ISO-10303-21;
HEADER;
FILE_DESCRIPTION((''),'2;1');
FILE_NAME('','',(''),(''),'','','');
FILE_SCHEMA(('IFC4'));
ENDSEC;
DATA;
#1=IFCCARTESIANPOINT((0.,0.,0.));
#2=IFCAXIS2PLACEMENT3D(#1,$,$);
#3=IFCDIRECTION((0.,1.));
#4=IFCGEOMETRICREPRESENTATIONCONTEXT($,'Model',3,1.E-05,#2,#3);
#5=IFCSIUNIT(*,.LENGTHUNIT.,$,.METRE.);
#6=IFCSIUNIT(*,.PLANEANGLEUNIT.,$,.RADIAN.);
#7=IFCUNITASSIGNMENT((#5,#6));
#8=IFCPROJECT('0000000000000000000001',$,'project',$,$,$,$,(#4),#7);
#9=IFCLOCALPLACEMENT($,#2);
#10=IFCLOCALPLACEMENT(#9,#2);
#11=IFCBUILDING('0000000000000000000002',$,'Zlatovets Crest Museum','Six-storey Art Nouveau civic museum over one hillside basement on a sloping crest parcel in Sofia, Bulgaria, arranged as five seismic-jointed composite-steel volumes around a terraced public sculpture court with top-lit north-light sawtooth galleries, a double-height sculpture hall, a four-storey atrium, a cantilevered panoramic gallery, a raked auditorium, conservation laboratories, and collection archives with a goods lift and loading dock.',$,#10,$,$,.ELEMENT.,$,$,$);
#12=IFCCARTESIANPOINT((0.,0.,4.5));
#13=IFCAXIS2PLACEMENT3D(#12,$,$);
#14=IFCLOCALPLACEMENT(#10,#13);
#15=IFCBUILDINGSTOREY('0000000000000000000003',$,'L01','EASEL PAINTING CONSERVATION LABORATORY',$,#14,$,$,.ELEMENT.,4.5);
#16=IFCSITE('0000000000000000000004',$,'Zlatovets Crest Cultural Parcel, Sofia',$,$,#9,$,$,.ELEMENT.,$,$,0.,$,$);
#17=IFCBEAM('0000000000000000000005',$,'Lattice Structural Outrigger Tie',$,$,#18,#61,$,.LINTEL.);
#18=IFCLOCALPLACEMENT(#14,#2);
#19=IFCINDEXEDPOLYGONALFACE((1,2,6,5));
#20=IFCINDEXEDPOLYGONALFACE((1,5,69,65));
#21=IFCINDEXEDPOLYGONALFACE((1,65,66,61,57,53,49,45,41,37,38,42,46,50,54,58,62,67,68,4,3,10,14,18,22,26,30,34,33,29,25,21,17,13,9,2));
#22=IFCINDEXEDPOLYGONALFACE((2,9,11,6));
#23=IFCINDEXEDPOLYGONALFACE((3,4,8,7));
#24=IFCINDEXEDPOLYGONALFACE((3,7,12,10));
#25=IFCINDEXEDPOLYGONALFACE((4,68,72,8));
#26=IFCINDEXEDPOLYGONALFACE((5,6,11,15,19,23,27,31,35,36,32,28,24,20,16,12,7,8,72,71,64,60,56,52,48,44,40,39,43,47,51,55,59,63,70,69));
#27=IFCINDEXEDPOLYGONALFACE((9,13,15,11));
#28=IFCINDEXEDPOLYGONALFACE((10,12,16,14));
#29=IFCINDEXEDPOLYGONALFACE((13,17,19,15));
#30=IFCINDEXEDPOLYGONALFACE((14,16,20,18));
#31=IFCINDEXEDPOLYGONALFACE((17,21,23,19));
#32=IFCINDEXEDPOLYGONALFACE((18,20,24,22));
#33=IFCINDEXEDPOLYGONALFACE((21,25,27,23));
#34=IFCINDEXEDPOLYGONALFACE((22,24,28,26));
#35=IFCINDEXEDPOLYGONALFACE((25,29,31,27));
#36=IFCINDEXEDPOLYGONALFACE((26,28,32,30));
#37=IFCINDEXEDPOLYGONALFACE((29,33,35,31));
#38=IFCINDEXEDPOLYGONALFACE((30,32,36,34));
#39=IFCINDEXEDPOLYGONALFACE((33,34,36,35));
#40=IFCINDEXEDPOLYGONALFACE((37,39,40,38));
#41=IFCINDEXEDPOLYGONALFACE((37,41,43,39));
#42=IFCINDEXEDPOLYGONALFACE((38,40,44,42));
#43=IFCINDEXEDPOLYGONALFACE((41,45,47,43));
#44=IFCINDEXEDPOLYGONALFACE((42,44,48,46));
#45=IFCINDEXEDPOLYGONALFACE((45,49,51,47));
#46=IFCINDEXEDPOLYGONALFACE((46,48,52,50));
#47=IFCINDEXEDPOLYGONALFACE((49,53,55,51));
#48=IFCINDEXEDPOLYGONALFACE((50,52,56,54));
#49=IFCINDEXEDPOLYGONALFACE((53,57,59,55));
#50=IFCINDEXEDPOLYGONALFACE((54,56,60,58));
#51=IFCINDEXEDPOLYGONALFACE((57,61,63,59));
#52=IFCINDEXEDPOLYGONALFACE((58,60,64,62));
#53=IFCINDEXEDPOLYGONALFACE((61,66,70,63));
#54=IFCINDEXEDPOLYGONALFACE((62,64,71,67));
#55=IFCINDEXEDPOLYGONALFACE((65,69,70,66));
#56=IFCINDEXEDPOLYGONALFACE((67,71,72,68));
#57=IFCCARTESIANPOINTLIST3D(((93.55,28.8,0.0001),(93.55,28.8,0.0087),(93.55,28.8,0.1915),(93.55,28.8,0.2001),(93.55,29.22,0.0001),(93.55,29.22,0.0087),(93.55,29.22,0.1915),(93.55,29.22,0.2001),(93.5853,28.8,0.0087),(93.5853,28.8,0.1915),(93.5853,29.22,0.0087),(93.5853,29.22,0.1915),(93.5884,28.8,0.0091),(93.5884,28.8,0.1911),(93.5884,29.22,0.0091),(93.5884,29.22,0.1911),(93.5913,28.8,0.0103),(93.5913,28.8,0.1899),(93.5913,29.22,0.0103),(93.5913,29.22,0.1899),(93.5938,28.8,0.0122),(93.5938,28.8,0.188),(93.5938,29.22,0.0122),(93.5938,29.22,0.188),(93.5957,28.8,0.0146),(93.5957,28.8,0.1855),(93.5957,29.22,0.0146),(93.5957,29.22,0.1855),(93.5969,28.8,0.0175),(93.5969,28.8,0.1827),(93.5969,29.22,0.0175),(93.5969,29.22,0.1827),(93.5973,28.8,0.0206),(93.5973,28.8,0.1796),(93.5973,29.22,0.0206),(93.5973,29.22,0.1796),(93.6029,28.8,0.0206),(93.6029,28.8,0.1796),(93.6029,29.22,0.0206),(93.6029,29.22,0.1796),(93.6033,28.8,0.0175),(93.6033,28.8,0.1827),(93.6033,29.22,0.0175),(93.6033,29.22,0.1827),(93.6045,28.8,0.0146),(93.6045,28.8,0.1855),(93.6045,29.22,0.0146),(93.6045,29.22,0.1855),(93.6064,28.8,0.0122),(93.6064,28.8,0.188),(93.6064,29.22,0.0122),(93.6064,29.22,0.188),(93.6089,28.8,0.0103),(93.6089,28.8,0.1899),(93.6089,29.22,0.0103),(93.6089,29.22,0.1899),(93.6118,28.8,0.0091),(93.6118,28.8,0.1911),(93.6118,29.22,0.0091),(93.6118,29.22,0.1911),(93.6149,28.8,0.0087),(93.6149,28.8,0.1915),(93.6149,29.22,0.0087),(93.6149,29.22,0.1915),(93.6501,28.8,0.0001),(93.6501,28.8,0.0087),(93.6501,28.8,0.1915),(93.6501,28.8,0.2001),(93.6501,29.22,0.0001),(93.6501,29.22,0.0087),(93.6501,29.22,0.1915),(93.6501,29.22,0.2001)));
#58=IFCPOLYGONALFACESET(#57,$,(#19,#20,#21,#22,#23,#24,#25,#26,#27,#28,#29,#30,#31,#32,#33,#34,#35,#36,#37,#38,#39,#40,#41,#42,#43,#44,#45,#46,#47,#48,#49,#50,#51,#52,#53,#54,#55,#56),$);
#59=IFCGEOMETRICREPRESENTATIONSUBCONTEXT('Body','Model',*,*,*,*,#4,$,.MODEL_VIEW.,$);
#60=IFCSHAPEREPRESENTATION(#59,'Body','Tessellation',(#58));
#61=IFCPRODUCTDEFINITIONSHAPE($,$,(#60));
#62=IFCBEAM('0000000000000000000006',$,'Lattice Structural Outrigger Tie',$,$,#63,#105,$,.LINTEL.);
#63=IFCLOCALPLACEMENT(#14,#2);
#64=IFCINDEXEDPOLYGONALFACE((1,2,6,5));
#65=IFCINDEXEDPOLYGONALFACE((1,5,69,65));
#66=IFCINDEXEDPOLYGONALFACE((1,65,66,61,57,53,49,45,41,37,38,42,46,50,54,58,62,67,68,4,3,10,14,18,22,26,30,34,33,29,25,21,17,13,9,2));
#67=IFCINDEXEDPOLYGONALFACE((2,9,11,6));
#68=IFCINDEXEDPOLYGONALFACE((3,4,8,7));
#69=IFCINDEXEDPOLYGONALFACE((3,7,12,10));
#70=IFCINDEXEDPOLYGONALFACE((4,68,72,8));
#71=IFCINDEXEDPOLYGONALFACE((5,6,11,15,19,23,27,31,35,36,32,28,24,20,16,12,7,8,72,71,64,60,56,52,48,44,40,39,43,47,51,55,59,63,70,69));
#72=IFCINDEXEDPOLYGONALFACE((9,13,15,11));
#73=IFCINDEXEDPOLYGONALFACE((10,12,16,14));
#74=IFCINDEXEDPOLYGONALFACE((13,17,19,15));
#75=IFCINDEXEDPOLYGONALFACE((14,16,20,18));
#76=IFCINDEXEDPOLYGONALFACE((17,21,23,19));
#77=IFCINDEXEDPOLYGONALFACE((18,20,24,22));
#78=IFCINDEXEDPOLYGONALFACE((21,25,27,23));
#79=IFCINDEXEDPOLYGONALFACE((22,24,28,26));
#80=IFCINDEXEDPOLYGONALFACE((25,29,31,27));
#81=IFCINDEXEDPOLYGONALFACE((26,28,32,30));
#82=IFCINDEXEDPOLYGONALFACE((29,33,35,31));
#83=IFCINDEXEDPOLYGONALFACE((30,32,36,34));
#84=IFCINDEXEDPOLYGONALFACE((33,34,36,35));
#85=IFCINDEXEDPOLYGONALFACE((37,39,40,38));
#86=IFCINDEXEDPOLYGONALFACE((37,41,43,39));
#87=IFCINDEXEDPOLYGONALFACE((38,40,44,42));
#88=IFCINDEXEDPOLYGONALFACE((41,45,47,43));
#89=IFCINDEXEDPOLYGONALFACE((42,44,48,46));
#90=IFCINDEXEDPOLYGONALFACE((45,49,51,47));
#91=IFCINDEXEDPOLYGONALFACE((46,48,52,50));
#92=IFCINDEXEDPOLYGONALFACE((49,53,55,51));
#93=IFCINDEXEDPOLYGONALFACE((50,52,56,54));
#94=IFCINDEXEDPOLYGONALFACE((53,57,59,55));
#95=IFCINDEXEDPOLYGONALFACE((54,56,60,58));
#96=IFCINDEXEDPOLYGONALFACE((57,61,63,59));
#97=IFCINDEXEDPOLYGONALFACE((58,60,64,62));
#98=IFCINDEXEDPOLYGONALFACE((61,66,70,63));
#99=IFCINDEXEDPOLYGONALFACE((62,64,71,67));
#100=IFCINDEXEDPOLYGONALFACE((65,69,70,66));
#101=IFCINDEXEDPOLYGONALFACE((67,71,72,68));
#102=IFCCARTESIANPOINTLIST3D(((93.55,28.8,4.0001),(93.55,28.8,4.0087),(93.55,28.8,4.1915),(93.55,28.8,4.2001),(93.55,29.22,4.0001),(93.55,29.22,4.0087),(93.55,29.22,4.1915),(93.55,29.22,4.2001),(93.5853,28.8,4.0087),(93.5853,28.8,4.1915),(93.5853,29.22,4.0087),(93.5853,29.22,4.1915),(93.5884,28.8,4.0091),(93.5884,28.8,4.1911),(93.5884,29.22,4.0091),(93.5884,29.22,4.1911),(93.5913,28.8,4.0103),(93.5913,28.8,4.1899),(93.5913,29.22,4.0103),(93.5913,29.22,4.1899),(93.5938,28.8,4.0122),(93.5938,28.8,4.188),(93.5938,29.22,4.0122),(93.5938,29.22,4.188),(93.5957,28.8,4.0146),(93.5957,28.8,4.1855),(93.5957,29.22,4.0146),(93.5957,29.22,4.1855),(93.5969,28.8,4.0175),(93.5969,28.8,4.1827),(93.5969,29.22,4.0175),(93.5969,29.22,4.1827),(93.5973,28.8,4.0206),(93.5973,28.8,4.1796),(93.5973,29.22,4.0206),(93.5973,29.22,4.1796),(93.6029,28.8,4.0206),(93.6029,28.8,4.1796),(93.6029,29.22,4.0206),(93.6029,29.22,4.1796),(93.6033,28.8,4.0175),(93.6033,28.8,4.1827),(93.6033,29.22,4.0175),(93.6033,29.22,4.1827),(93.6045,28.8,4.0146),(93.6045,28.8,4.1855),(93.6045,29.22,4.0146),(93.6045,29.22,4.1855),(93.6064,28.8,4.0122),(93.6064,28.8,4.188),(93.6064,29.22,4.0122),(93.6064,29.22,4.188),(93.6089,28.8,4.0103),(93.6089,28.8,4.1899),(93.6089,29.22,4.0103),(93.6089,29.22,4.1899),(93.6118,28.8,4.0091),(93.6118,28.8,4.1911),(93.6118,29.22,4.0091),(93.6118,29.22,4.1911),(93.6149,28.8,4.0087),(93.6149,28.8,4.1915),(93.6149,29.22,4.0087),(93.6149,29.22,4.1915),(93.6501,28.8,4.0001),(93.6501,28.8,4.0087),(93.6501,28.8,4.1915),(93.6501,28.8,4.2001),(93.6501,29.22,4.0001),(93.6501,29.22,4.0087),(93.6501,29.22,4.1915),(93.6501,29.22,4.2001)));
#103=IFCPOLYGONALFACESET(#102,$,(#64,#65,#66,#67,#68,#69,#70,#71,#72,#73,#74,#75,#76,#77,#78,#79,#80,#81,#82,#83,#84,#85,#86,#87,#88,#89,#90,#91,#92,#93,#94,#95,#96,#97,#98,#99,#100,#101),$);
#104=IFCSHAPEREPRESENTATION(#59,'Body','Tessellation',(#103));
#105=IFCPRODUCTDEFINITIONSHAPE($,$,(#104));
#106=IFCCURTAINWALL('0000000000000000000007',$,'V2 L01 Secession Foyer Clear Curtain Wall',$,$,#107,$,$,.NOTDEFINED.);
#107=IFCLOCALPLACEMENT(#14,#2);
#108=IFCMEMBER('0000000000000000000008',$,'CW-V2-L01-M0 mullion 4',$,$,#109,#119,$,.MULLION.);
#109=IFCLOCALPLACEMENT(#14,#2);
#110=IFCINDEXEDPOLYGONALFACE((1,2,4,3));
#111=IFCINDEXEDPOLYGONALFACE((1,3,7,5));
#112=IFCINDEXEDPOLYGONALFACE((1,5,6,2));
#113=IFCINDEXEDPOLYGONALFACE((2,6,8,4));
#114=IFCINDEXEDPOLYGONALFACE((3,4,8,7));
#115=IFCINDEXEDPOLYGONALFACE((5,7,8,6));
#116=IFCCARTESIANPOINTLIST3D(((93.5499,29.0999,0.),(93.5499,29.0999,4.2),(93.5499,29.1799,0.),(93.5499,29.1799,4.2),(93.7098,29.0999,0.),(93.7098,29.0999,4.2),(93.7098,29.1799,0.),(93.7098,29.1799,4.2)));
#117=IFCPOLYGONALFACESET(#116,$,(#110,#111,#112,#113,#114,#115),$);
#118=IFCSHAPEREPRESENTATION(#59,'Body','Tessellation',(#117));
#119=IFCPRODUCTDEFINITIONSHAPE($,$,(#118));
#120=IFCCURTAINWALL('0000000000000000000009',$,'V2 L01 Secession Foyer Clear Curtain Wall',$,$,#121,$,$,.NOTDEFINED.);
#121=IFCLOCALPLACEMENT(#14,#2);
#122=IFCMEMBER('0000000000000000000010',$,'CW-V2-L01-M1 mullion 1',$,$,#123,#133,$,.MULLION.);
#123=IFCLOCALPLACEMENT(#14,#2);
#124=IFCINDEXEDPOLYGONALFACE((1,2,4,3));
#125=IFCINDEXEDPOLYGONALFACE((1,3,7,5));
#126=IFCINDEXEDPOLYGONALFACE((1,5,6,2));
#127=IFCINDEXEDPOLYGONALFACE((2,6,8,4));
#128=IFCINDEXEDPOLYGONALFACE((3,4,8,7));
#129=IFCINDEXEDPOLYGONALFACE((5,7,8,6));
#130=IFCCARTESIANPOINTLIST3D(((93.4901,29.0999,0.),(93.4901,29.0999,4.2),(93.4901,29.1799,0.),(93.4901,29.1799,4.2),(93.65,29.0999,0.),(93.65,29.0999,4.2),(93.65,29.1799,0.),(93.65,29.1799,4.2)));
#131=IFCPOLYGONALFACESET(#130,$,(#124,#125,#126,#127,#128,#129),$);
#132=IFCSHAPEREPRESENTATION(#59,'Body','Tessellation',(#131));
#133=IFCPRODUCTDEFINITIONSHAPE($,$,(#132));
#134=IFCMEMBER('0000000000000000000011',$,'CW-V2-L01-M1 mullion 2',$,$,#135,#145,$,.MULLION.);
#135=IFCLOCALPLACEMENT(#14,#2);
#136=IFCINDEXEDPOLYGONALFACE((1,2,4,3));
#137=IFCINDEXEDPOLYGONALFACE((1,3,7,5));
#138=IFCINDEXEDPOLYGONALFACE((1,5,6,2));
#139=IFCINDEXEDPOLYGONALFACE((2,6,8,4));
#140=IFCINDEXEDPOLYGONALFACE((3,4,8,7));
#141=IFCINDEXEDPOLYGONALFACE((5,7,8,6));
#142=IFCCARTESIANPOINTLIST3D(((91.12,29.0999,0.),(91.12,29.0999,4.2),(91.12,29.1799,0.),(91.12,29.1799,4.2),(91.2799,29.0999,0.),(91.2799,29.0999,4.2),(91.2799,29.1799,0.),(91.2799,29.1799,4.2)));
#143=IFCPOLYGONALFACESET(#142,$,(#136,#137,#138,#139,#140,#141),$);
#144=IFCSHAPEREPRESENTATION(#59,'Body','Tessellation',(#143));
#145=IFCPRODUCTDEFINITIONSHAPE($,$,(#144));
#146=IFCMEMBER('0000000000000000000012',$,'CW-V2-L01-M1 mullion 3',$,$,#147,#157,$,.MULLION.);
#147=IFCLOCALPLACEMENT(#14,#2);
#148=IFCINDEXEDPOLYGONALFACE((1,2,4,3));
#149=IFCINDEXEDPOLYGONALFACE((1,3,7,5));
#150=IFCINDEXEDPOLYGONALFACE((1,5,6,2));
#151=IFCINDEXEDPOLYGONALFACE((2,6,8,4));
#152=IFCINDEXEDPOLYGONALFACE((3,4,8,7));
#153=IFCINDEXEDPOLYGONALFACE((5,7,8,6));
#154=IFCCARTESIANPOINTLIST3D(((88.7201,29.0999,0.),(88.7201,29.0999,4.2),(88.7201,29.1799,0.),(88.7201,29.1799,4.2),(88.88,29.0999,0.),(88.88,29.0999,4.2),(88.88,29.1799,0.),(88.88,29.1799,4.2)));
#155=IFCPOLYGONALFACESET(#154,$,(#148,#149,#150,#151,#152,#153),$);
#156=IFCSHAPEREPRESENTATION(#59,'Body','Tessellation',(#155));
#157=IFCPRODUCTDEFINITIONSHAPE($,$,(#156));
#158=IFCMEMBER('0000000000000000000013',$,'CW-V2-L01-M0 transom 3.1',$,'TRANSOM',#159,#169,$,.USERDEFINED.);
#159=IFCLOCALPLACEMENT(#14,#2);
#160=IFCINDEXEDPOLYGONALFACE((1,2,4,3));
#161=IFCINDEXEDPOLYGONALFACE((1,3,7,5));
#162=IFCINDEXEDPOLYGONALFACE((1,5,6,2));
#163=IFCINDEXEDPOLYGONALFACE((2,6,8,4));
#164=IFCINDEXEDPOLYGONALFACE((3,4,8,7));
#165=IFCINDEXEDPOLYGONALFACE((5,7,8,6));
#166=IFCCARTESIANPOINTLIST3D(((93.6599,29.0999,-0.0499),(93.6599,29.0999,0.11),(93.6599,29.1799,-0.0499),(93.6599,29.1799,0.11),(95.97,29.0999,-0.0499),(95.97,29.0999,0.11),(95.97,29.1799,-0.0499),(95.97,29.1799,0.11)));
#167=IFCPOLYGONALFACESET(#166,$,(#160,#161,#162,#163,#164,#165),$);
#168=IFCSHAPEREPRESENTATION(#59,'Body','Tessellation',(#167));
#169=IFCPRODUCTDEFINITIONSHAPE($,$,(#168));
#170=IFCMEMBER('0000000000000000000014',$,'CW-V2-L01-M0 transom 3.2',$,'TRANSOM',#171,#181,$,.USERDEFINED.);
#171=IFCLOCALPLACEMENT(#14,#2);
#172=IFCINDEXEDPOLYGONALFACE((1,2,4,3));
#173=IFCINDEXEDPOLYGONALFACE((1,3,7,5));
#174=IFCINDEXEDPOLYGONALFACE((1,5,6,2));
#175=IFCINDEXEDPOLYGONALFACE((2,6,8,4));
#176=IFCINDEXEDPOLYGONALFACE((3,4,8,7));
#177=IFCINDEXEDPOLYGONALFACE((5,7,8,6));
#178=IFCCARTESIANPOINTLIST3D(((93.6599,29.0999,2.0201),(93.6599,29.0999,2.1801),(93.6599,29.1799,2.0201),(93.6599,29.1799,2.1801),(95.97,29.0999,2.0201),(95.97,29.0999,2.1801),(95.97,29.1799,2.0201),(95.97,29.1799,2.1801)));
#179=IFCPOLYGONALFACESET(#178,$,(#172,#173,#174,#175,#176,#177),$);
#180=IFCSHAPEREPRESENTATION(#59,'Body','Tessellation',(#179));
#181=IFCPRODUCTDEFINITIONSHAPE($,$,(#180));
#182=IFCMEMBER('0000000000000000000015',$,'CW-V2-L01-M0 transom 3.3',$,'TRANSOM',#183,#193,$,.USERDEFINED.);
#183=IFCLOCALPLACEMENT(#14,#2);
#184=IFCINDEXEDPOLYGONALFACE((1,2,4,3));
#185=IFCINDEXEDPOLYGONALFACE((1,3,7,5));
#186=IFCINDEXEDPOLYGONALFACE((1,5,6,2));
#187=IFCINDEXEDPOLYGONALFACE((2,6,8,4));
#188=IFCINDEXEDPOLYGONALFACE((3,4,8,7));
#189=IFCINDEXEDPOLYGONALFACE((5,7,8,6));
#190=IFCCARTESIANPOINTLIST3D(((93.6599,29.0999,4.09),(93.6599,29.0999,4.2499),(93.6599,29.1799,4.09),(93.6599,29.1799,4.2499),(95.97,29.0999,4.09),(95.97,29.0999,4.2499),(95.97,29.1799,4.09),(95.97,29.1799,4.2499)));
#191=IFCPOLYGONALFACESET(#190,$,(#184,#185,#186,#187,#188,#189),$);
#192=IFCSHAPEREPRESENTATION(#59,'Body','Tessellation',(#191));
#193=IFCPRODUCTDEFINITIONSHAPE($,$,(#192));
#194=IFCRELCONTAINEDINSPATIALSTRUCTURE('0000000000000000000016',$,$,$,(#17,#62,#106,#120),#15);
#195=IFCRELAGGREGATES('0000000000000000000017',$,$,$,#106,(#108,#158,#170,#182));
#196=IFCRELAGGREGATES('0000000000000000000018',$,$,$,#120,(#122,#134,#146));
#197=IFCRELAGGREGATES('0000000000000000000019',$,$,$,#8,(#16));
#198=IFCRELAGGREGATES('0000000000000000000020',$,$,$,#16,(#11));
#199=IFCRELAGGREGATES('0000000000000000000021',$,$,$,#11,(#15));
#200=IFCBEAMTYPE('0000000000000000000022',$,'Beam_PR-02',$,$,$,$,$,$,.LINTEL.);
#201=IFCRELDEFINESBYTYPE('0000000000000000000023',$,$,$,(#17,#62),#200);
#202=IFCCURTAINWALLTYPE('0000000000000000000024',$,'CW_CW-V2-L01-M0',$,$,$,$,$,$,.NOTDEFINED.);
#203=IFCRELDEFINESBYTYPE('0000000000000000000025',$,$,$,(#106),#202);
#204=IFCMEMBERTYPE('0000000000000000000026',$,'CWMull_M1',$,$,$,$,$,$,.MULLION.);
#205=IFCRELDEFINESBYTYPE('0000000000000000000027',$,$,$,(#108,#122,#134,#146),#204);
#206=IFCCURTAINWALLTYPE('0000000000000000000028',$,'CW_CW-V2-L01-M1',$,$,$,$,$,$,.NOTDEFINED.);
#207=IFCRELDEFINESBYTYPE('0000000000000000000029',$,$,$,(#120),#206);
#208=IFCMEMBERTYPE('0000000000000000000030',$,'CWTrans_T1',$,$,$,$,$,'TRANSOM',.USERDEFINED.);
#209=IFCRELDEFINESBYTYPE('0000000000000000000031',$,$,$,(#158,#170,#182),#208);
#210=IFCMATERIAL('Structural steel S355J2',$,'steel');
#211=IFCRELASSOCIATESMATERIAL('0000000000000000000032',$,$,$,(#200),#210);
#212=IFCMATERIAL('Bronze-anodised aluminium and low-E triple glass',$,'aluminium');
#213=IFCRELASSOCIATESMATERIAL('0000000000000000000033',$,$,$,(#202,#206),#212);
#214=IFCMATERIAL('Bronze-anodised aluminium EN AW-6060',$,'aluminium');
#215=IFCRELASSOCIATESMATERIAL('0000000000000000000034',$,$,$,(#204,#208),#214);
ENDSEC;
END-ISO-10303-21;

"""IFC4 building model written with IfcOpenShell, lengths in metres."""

from ifc_helpers import new_model, si_unit, direction, frame, origin, origin_2d, place, context, subcontext, project, spatial, rectangle, i_section, extrude, material, material_profile, profile_set, type_object, element, aggregate, save


model = new_model("IFC4")

# Units and contexts
model_context = context("Model", 3, precision=1e-05, world=origin(), true_north=direction((0.0, 1.0)))
body_context = subcontext(model_context, "Body", "Model", "MODEL_VIEW")
ifc_project = project(units=[si_unit("LENGTHUNIT", "METRE"), si_unit("PLANEANGLEUNIT", "RADIAN")], contexts=[model_context])

# Site, building, storey
site_placement = place(None, origin())
site = spatial("IfcSite", under=ifc_project, at=site_placement, Name="Zlatovets Crest Cultural Parcel, Sofia", CompositionType="ELEMENT", RefElevation=0.0)
building_placement = place(site_placement, origin())
building = spatial("IfcBuilding", under=site, at=building_placement, Name="Zlatovets Crest Museum", Description="Six-storey Art Nouveau civic museum over one hillside basement on a sloping crest parcel in Sofia, Bulgaria, arranged as five seismic-jointed composite-steel volumes around a terraced public sculpture court with top-lit north-light sawtooth galleries, a double-height sculpture hall, a four-storey atrium, a cantilevered panoramic gallery, a raked auditorium, conservation laboratories, and collection archives with a goods lift and loading dock.", CompositionType="ELEMENT")
storey_placement = place(building_placement, frame((0.0, 0.0, 4.5)))
storey = spatial("IfcBuildingStorey", under=building, at=storey_placement, Name="L01", Description="EASEL PAINTING CONSERVATION LABORATORY", CompositionType="ELEMENT", Elevation=4.5)

# Shared definitions
ifc_material_1 = material(Name="Structural steel S355J2", Category="steel")

# Beams
ifc_material_profile_1 = material_profile(ifc_material_1, i_section(OverallWidth=0.1001, OverallDepth=0.2, WebThickness=0.0056, FlangeThickness=0.0085, FilletRadius=0.012, at=origin_2d()), Name="IPE 200")
ifc_profile_set_1 = profile_set([ifc_material_profile_1], Name="Structural steel S355J2")
beam_type_1 = type_object("IfcBeamType", Name="Beam_PR-02", PredefinedType="LINTEL", material=ifc_profile_set_1)
for number, where, z_axis, x_axis, name in (
    (1, (93.6001, 28.8, 0.1001), (0.0, 1.0, 0.0), (-1.0, 0.0, 0.0), "Lattice Structural Outrigger Tie"),
    (2, (93.6001, 28.8, 4.1001), (0.0, 1.0, 0.0), (-1.0, 0.0, 0.0), "Lattice Structural Outrigger Tie"),
):
    element("IfcBeam", number, at=place(storey_placement, frame(where, z_axis=z_axis, x_axis=x_axis)), inside=storey, type_object=beam_type_1, Name=name, PredefinedType="LINTEL", context=body_context, shape_type="SweptSolid", body=[
        extrude(i_section(OverallWidth=0.1001, OverallDepth=0.2, WebThickness=0.0056, FlangeThickness=0.0085, FilletRadius=0.012, at=origin_2d()), origin(), (0.0, 0.0, 1.0), 0.4199),
    ])

# Curtain wall, member
ifc_material_2 = material(Name="Bronze-anodised aluminium and low-E triple glass", Category="aluminium")
curtain_wall_type_1 = type_object("IfcCurtainWallType", Name="CW_CW-V2-L01-M0", PredefinedType="NOTDEFINED", material=ifc_material_2)
curtain_wall_1_placement = place(storey_placement, origin())
curtain_wall_1 = element("IfcCurtainWall", 3, at=curtain_wall_1_placement, inside=storey, type_object=curtain_wall_type_1, Name="V2 L01 Secession Foyer Clear Curtain Wall", PredefinedType="NOTDEFINED")
ifc_material_3 = material(Name="Bronze-anodised aluminium EN AW-6060", Category="aluminium")
ifc_material_profile_2 = material_profile(ifc_material_3, rectangle(XDim=0.0801, YDim=0.1599, at=origin_2d()), Name="ALU 80x160")
ifc_profile_set_2 = profile_set([ifc_material_profile_2], Name="Bronze-anodised aluminium EN AW-6060")
member_type_1 = type_object("IfcMemberType", Name="CWMull_M1", PredefinedType="MULLION", material=ifc_profile_set_2)
member_1_placement = place(storey_placement, frame((93.6299, 29.1399, 0.0), z_axis=(0.0, 0.0, 1.0), x_axis=(0.0, -1.0, 0.0)))
member_1 = element("IfcMember", 4, at=member_1_placement, type_object=member_type_1, Name="CW-V2-L01-M0 mullion 4", PredefinedType="MULLION", context=body_context, shape_type="SweptSolid", body=[
    extrude(rectangle(XDim=0.0801, YDim=0.1599, at=origin_2d()), origin(), (0.0, 0.0, 1.0), 4.2),
])

# Curtain wall, members
curtain_wall_type_2 = type_object("IfcCurtainWallType", Name="CW_CW-V2-L01-M1", PredefinedType="NOTDEFINED", material=ifc_material_2)
curtain_wall_2_placement = place(storey_placement, origin())
curtain_wall_2 = element("IfcCurtainWall", 5, at=curtain_wall_2_placement, inside=storey, type_object=curtain_wall_type_2, Name="V2 L01 Secession Foyer Clear Curtain Wall", PredefinedType="NOTDEFINED")
member_2_placement = place(storey_placement, frame((93.5701, 29.1399, 0.0), z_axis=(0.0, 0.0, 1.0), x_axis=(0.0, -1.0, 0.0)))
member_2 = element("IfcMember", 6, at=member_2_placement, type_object=member_type_1, Name="CW-V2-L01-M1 mullion 1", PredefinedType="MULLION", context=body_context, shape_type="SweptSolid", body=[
    extrude(rectangle(XDim=0.0801, YDim=0.1599, at=origin_2d()), origin(), (0.0, 0.0, 1.0), 4.2),
])
member_3_placement = place(storey_placement, frame((91.2, 29.1399, 0.0), z_axis=(0.0, 0.0, 1.0), x_axis=(0.0, -1.0, 0.0)))
member_3 = element("IfcMember", 7, at=member_3_placement, type_object=member_type_1, Name="CW-V2-L01-M1 mullion 2", PredefinedType="MULLION", context=body_context, shape_type="SweptSolid", body=[
    extrude(rectangle(XDim=0.0801, YDim=0.1599, at=origin_2d()), origin(), (0.0, 0.0, 1.0), 4.2),
])
member_4_placement = place(storey_placement, frame((88.8, 29.1399, 0.0), z_axis=(0.0, 0.0, 1.0), x_axis=(0.0, -1.0, 0.0)))
member_4 = element("IfcMember", 8, at=member_4_placement, type_object=member_type_1, Name="CW-V2-L01-M1 mullion 3", PredefinedType="MULLION", context=body_context, shape_type="SweptSolid", body=[
    extrude(rectangle(XDim=0.0801, YDim=0.1599, at=origin_2d()), origin(), (0.0, 0.0, 1.0), 4.2),
])

# Members
ifc_material_profile_3 = material_profile(ifc_material_3, rectangle(XDim=0.0801, YDim=0.1599, at=origin_2d()), Name="ALU 80x160")
ifc_profile_set_3 = profile_set([ifc_material_profile_3], Name="Bronze-anodised aluminium EN AW-6060")
member_type_2 = type_object("IfcMemberType", Name="CWTrans_T1", ElementType="TRANSOM", PredefinedType="USERDEFINED", material=ifc_profile_set_3)
member_5_placement = place(storey_placement, frame((95.97, 29.1399, 0.03), z_axis=(-1.0, 0.0, 0.0), x_axis=(0.0, -1.0, 0.0)))
member_5 = element("IfcMember", 9, at=member_5_placement, type_object=member_type_2, Name="CW-V2-L01-M0 transom 3.1", ObjectType="TRANSOM", PredefinedType="USERDEFINED", context=body_context, shape_type="SweptSolid", body=[
    extrude(rectangle(XDim=0.0801, YDim=0.1599, at=origin_2d()), origin(), (0.0, 0.0, 1.0), 2.3101),
])
member_6_placement = place(storey_placement, frame((95.97, 29.1399, 2.1001), z_axis=(-1.0, 0.0, 0.0), x_axis=(0.0, -1.0, 0.0)))
member_6 = element("IfcMember", 10, at=member_6_placement, type_object=member_type_2, Name="CW-V2-L01-M0 transom 3.2", ObjectType="TRANSOM", PredefinedType="USERDEFINED", context=body_context, shape_type="SweptSolid", body=[
    extrude(rectangle(XDim=0.0801, YDim=0.1599, at=origin_2d()), origin(), (0.0, 0.0, 1.0), 2.3101),
])
member_7_placement = place(storey_placement, frame((95.97, 29.1399, 4.1699), z_axis=(-1.0, 0.0, 0.0), x_axis=(0.0, -1.0, 0.0)))
member_7 = element("IfcMember", 11, at=member_7_placement, type_object=member_type_2, Name="CW-V2-L01-M0 transom 3.3", ObjectType="TRANSOM", PredefinedType="USERDEFINED", context=body_context, shape_type="SweptSolid", body=[
    extrude(rectangle(XDim=0.0801, YDim=0.1599, at=origin_2d()), origin(), (0.0, 0.0, 1.0), 2.3101),
])

aggregate(curtain_wall_1, [member_1, member_5, member_6, member_7])
aggregate(curtain_wall_2, [member_2, member_3, member_4])

save(model, "model.ifc")
